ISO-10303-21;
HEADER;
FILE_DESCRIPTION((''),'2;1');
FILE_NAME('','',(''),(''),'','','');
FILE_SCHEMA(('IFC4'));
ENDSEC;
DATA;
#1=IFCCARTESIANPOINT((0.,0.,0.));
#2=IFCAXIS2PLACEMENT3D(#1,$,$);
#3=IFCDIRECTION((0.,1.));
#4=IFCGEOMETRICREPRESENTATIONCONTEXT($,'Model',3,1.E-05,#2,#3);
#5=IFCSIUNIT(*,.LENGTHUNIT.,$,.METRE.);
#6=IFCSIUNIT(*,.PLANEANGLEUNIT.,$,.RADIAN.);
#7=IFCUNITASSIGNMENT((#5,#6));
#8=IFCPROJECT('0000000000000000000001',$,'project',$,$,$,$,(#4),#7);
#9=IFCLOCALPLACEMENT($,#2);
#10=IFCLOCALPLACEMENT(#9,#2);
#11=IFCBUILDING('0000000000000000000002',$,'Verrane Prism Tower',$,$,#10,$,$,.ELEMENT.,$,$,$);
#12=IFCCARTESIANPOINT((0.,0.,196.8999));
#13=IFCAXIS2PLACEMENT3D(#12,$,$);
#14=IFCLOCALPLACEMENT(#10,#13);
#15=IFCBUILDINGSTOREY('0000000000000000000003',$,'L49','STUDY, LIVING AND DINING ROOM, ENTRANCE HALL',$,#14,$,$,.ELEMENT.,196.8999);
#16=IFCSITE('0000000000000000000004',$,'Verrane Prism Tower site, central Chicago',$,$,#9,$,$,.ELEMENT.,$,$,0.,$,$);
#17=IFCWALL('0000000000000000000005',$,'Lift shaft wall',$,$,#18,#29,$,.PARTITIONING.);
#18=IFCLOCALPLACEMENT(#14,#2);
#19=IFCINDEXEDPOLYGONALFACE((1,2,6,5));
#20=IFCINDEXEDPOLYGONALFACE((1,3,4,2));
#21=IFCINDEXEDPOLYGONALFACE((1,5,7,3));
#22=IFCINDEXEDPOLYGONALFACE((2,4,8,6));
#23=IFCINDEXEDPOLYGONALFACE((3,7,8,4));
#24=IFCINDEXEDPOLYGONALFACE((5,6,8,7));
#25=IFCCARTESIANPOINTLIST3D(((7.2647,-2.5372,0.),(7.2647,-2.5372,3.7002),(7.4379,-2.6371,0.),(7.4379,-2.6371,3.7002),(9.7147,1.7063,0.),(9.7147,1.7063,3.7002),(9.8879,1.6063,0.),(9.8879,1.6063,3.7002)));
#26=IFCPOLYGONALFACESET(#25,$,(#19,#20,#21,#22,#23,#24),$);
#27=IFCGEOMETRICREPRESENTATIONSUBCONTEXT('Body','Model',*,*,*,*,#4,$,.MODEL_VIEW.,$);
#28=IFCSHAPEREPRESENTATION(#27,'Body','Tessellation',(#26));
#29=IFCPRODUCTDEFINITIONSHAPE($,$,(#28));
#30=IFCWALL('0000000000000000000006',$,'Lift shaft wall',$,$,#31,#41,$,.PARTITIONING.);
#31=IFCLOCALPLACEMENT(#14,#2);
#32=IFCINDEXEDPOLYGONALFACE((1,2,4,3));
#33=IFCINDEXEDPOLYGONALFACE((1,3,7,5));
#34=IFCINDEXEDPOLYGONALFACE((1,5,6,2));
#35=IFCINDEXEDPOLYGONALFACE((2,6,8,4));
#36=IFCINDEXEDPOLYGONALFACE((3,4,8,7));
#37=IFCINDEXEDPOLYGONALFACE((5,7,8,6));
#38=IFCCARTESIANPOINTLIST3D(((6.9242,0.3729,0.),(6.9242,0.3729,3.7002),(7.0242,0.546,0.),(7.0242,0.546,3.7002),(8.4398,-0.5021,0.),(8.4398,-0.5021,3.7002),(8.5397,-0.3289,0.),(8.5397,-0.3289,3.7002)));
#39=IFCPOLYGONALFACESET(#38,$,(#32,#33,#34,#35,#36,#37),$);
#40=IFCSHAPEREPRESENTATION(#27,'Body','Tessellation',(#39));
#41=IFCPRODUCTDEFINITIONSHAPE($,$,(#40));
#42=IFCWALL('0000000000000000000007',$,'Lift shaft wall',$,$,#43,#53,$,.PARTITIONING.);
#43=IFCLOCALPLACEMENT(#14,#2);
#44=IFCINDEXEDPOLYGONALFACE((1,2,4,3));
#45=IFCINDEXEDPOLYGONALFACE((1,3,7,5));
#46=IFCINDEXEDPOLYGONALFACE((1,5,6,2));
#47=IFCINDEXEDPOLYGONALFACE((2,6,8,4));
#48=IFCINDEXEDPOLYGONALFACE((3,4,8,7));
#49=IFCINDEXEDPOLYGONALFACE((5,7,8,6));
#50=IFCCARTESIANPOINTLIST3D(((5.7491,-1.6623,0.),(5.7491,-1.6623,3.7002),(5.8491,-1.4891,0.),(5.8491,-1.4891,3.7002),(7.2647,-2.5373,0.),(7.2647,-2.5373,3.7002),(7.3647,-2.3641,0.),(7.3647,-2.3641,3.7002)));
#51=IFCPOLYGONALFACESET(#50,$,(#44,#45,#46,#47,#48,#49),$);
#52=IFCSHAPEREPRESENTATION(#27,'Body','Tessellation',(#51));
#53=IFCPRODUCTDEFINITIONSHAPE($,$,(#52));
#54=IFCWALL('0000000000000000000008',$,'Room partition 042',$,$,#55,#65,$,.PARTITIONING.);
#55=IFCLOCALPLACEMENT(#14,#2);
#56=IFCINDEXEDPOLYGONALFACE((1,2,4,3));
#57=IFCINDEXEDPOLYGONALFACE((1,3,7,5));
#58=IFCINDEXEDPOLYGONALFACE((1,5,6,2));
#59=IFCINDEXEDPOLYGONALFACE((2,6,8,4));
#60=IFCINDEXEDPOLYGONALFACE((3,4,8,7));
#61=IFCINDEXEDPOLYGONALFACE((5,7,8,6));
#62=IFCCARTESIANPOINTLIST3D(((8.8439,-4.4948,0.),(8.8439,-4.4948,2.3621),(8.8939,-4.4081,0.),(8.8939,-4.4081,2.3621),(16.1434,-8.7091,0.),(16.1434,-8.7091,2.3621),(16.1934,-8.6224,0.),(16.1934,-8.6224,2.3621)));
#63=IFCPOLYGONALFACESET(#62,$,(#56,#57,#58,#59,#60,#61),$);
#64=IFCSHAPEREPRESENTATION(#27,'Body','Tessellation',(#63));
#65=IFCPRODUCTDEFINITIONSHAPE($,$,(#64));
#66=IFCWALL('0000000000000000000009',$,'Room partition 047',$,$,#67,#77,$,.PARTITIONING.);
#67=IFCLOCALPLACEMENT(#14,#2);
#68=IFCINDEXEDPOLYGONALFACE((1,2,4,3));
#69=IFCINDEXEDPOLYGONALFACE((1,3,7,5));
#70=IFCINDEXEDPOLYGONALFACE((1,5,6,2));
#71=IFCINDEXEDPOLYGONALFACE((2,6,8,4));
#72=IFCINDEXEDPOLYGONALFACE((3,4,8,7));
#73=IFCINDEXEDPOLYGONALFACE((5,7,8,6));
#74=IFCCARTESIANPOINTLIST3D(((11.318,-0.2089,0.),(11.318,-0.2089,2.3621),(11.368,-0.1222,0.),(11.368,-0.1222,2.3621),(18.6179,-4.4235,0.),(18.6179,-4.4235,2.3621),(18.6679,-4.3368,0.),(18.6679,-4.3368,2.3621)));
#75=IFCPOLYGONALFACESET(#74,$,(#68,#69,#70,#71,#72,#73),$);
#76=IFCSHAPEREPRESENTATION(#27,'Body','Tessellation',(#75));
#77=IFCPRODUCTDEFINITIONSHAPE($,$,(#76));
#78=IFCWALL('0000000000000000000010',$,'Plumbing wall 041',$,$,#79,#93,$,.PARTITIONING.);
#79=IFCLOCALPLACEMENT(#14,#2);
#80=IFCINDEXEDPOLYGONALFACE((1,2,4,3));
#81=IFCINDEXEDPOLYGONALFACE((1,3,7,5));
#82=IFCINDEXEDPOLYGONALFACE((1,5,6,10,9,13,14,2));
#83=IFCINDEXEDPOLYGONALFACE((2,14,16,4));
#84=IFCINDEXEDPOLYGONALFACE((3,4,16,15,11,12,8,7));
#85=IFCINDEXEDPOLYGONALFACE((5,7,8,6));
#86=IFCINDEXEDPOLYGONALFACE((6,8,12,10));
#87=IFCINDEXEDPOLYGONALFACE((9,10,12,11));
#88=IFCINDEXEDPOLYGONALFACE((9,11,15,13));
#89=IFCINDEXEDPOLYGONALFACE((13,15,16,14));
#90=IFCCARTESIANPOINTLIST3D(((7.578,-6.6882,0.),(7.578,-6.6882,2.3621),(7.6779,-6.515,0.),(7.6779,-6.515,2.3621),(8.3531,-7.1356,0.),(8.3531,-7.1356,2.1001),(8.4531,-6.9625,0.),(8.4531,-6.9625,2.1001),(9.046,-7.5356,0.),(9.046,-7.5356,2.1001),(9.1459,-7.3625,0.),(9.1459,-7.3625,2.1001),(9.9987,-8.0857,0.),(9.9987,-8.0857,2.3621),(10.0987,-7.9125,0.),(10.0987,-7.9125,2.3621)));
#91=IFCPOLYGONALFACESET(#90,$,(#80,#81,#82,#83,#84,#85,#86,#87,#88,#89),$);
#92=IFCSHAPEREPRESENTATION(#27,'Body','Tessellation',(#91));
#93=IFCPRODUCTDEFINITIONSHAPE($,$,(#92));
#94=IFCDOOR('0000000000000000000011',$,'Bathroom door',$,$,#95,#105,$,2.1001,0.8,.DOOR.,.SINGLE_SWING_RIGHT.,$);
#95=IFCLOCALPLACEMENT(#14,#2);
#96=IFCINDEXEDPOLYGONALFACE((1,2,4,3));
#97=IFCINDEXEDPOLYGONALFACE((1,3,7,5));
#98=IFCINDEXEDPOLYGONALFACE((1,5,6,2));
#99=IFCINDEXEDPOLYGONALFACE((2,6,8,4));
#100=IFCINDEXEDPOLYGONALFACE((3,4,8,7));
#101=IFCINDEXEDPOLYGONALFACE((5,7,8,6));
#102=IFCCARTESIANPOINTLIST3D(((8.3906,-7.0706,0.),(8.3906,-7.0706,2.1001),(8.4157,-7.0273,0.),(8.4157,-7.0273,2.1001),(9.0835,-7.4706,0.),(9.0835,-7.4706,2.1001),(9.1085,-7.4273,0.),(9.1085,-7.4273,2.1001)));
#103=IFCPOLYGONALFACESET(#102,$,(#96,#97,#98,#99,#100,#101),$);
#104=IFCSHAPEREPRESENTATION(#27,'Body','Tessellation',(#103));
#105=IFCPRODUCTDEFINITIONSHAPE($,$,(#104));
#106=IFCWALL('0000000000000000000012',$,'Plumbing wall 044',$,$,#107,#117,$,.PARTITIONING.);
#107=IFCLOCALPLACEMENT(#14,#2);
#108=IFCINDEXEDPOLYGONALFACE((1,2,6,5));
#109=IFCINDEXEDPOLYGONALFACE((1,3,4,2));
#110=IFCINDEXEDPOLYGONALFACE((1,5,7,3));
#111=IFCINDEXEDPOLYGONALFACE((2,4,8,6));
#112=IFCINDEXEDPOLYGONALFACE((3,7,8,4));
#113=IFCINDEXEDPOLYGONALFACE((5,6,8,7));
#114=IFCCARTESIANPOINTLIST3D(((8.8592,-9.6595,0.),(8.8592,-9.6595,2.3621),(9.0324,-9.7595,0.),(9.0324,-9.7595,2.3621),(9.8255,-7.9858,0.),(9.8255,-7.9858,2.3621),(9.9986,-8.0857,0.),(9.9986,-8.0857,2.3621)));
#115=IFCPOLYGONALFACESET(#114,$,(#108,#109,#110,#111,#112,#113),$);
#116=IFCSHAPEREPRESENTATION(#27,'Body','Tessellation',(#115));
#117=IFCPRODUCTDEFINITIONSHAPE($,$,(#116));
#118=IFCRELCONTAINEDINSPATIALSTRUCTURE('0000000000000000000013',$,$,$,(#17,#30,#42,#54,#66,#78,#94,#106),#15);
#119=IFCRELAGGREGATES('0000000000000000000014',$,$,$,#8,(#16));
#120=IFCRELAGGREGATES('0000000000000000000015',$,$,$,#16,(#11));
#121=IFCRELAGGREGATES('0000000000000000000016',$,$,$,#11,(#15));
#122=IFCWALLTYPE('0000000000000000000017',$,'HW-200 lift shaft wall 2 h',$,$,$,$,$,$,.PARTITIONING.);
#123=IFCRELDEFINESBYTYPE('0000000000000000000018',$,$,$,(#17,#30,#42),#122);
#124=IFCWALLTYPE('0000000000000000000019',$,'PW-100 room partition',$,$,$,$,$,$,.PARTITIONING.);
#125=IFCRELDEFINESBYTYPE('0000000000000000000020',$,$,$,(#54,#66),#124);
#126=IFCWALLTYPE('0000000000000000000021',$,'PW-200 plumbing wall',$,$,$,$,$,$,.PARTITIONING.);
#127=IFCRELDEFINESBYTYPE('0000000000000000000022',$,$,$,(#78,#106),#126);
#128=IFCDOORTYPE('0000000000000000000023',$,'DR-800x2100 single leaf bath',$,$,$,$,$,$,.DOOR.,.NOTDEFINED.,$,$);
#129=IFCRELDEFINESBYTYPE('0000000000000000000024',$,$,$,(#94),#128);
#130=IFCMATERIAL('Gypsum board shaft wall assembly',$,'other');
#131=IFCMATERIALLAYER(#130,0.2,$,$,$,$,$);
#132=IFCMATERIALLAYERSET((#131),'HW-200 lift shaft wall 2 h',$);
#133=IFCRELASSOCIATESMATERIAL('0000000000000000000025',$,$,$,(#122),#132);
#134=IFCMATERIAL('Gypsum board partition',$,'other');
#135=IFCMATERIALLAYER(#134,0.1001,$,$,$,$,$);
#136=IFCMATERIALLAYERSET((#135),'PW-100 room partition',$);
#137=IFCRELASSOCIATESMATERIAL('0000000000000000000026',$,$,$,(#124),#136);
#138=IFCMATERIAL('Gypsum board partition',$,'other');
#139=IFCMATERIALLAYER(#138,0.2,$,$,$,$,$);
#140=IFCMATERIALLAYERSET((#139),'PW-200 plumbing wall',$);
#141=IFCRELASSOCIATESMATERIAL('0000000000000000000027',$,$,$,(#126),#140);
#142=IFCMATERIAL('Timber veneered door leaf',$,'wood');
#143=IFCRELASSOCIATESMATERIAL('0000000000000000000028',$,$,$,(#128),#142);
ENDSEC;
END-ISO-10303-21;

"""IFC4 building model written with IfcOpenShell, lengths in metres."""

from ifc_helpers import new_model, si_unit, direction, frame, frame_2d, origin, place, context, subcontext, project, spatial, rectangle, extrude, material, layer, layer_set, type_object, element, fill, save


model = new_model("IFC4")

# Units and contexts
model_context = context("Model", 3, precision=1e-05, world=origin(), true_north=direction((0.0, 1.0)))
body_context = subcontext(model_context, "Body", "Model", "MODEL_VIEW")
ifc_project = project(units=[si_unit("LENGTHUNIT", "METRE"), si_unit("PLANEANGLEUNIT", "RADIAN")], contexts=[model_context])

# Site, building, storey
site_placement = place(None, origin())
site = spatial("IfcSite", under=ifc_project, at=site_placement, Name="Verrane Prism Tower site, central Chicago", CompositionType="ELEMENT", RefElevation=0.0)
building_placement = place(site_placement, origin())
building = spatial("IfcBuilding", under=site, at=building_placement, Name="Verrane Prism Tower", CompositionType="ELEMENT")
storey_placement = place(building_placement, frame((0.0, 0.0, 196.8999)))
storey = spatial("IfcBuildingStorey", under=building, at=storey_placement, Name="L49", Description="STUDY, LIVING AND DINING ROOM, ENTRANCE HALL", CompositionType="ELEMENT", Elevation=196.8999)

# Walls
ifc_material_1 = material(Name="Gypsum board shaft wall assembly", Category="other")
ifc_layer_1 = layer(ifc_material_1, 0.2)
ifc_layer_set_1 = layer_set([ifc_layer_1], Name="HW-200 lift shaft wall 2 h")
wall_type_1 = type_object("IfcWallType", Name="HW-200 lift shaft wall 2 h", PredefinedType="PARTITIONING", material=ifc_layer_set_1)
wall_1_placement = place(storey_placement, frame((7.3513, -2.5872, 0.0), z_axis=(0.0, 0.0, 1.0), x_axis=(0.500003, 0.866024, 0.0)))
element("IfcWall", 1, at=wall_1_placement, inside=storey, type_object=wall_type_1, Name="Lift shaft wall", PredefinedType="PARTITIONING", context=body_context, shape_type="SweptSolid", body=[
    extrude(rectangle(XDim=4.8999, YDim=0.2, at=frame_2d((2.45, 0.0))), origin(), (0.0, 0.0, 1.0), 3.7002),
])
for number, where, z_axis, x_axis, name in (
    (2, (8.4897, -0.4155, 0.0), (0.0, 0.0, 1.0), (-0.866037, 0.49998, 0.0), "Lift shaft wall"),
    (3, (7.3147, -2.4507, 0.0), (0.0, 0.0, 1.0), (-0.866037, 0.49998, 0.0), "Lift shaft wall"),
):
    element("IfcWall", number, at=place(storey_placement, frame(where, z_axis=z_axis, x_axis=x_axis)), inside=storey, type_object=wall_type_1, Name=name, PredefinedType="PARTITIONING", context=body_context, shape_type="SweptSolid", body=[
        extrude(rectangle(XDim=1.75, YDim=0.2, at=frame_2d((0.875, 0.0))), origin(), (0.0, 0.0, 1.0), 3.7002),
    ])
ifc_material_2 = material(Name="Gypsum board partition", Category="other")
ifc_layer_2 = layer(ifc_material_2, 0.1001)
ifc_layer_set_2 = layer_set([ifc_layer_2], Name="PW-100 room partition")
wall_type_2 = type_object("IfcWallType", Name="PW-100 room partition", PredefinedType="PARTITIONING", material=ifc_layer_set_2)
wall_2_placement = place(storey_placement, frame((8.8689, -4.4514, 0.0), z_axis=(0.0, 0.0, 1.0), x_axis=(0.866028, -0.499996, 0.0)))
element("IfcWall", 4, at=wall_2_placement, inside=storey, type_object=wall_type_2, Name="Room partition 042", PredefinedType="PARTITIONING", context=body_context, shape_type="SweptSolid", body=[
    extrude(rectangle(XDim=8.4287, YDim=0.1001, at=frame_2d((4.2144, 0.0))), origin(), (0.0, 0.0, 1.0), 2.3621),
])
wall_3_placement = place(storey_placement, frame((11.343, -0.1655, 0.0), z_axis=(0.0, 0.0, 1.0), x_axis=(0.866023, -0.500005, 0.0)))
element("IfcWall", 5, at=wall_3_placement, inside=storey, type_object=wall_type_2, Name="Room partition 047", PredefinedType="PARTITIONING", context=body_context, shape_type="SweptSolid", body=[
    extrude(rectangle(XDim=8.4292, YDim=0.1001, at=frame_2d((4.2146, 0.0))), origin(), (0.0, 0.0, 1.0), 2.3621),
])

# Wall, opening, door
ifc_material_3 = material(Name="Gypsum board partition", Category="other")
ifc_layer_3 = layer(ifc_material_3, 0.2)
ifc_layer_set_3 = layer_set([ifc_layer_3], Name="PW-200 plumbing wall")
wall_type_3 = type_object("IfcWallType", Name="PW-200 plumbing wall", PredefinedType="PARTITIONING", material=ifc_layer_set_3)
wall_4_placement = place(storey_placement, frame((10.0486, -7.999, 0.0), z_axis=(0.0, 0.0, 1.0), x_axis=(-0.866042, 0.499972, 0.0)))
wall_4 = element("IfcWall", 6, at=wall_4_placement, inside=storey, type_object=wall_type_3, Name="Plumbing wall 041", PredefinedType="PARTITIONING", context=body_context, shape_type="SweptSolid", body=[
    extrude(rectangle(XDim=2.7952, YDim=0.2, at=frame_2d((1.3975, 0.0))), origin(), (0.0, 0.0, 1.0), 2.3621),
])
opening_placement = place(wall_4_placement, frame((1.1001, 0.0, 0.0)))
opening = element("IfcOpeningElement", 7, at=opening_placement, cuts=wall_4, PredefinedType="OPENING", context=body_context, shape_type="SweptSolid", body=[
    extrude(rectangle(XDim=0.8, YDim=2.1001, at=frame_2d((0.3999, 1.05))), frame((0.0, 0.1099, 0.0), z_axis=(0.0, -1.0, 0.0), x_axis=(1.0, 0.0, 0.0)), (0.0, 0.0, 1.0), 0.22),
])
ifc_material_4 = material(Name="Timber veneered door leaf", Category="wood")
door_type = type_object("IfcDoorType", Name="DR-800x2100 single leaf bath", OperationType="NOTDEFINED", PredefinedType="DOOR", material=ifc_material_4)
door_placement = place(opening_placement, origin())
door = element("IfcDoor", 8, at=door_placement, inside=storey, type_object=door_type, Name="Bathroom door", OperationType="SINGLE_SWING_RIGHT", OverallHeight=2.1001, OverallWidth=0.8, PredefinedType="DOOR", context=body_context, shape_type="SweptSolid", body=[
    extrude(rectangle(XDim=0.8, YDim=2.1001, at=frame_2d((0.3999, 1.05))), frame((0.0, 0.0249, 0.0), z_axis=(0.0, -1.0, 0.0), x_axis=(1.0, 0.0, 0.0)), (0.0, 0.0, 1.0), 0.05),
])
fill(opening, door)

# Wall
wall_5_placement = place(storey_placement, frame((8.9458, -9.7095, 0.0), z_axis=(0.0, 0.0, 1.0), x_axis=(0.49997, 0.866043, 0.0)))
element("IfcWall", 9, at=wall_5_placement, inside=storey, type_object=wall_type_3, Name="Plumbing wall 044", PredefinedType="PARTITIONING", context=body_context, shape_type="SweptSolid", body=[
    extrude(rectangle(XDim=1.9326, YDim=0.2, at=frame_2d((0.9663, 0.0))), origin(), (0.0, 0.0, 1.0), 2.3621),
])

save(model, "model.ifc")
